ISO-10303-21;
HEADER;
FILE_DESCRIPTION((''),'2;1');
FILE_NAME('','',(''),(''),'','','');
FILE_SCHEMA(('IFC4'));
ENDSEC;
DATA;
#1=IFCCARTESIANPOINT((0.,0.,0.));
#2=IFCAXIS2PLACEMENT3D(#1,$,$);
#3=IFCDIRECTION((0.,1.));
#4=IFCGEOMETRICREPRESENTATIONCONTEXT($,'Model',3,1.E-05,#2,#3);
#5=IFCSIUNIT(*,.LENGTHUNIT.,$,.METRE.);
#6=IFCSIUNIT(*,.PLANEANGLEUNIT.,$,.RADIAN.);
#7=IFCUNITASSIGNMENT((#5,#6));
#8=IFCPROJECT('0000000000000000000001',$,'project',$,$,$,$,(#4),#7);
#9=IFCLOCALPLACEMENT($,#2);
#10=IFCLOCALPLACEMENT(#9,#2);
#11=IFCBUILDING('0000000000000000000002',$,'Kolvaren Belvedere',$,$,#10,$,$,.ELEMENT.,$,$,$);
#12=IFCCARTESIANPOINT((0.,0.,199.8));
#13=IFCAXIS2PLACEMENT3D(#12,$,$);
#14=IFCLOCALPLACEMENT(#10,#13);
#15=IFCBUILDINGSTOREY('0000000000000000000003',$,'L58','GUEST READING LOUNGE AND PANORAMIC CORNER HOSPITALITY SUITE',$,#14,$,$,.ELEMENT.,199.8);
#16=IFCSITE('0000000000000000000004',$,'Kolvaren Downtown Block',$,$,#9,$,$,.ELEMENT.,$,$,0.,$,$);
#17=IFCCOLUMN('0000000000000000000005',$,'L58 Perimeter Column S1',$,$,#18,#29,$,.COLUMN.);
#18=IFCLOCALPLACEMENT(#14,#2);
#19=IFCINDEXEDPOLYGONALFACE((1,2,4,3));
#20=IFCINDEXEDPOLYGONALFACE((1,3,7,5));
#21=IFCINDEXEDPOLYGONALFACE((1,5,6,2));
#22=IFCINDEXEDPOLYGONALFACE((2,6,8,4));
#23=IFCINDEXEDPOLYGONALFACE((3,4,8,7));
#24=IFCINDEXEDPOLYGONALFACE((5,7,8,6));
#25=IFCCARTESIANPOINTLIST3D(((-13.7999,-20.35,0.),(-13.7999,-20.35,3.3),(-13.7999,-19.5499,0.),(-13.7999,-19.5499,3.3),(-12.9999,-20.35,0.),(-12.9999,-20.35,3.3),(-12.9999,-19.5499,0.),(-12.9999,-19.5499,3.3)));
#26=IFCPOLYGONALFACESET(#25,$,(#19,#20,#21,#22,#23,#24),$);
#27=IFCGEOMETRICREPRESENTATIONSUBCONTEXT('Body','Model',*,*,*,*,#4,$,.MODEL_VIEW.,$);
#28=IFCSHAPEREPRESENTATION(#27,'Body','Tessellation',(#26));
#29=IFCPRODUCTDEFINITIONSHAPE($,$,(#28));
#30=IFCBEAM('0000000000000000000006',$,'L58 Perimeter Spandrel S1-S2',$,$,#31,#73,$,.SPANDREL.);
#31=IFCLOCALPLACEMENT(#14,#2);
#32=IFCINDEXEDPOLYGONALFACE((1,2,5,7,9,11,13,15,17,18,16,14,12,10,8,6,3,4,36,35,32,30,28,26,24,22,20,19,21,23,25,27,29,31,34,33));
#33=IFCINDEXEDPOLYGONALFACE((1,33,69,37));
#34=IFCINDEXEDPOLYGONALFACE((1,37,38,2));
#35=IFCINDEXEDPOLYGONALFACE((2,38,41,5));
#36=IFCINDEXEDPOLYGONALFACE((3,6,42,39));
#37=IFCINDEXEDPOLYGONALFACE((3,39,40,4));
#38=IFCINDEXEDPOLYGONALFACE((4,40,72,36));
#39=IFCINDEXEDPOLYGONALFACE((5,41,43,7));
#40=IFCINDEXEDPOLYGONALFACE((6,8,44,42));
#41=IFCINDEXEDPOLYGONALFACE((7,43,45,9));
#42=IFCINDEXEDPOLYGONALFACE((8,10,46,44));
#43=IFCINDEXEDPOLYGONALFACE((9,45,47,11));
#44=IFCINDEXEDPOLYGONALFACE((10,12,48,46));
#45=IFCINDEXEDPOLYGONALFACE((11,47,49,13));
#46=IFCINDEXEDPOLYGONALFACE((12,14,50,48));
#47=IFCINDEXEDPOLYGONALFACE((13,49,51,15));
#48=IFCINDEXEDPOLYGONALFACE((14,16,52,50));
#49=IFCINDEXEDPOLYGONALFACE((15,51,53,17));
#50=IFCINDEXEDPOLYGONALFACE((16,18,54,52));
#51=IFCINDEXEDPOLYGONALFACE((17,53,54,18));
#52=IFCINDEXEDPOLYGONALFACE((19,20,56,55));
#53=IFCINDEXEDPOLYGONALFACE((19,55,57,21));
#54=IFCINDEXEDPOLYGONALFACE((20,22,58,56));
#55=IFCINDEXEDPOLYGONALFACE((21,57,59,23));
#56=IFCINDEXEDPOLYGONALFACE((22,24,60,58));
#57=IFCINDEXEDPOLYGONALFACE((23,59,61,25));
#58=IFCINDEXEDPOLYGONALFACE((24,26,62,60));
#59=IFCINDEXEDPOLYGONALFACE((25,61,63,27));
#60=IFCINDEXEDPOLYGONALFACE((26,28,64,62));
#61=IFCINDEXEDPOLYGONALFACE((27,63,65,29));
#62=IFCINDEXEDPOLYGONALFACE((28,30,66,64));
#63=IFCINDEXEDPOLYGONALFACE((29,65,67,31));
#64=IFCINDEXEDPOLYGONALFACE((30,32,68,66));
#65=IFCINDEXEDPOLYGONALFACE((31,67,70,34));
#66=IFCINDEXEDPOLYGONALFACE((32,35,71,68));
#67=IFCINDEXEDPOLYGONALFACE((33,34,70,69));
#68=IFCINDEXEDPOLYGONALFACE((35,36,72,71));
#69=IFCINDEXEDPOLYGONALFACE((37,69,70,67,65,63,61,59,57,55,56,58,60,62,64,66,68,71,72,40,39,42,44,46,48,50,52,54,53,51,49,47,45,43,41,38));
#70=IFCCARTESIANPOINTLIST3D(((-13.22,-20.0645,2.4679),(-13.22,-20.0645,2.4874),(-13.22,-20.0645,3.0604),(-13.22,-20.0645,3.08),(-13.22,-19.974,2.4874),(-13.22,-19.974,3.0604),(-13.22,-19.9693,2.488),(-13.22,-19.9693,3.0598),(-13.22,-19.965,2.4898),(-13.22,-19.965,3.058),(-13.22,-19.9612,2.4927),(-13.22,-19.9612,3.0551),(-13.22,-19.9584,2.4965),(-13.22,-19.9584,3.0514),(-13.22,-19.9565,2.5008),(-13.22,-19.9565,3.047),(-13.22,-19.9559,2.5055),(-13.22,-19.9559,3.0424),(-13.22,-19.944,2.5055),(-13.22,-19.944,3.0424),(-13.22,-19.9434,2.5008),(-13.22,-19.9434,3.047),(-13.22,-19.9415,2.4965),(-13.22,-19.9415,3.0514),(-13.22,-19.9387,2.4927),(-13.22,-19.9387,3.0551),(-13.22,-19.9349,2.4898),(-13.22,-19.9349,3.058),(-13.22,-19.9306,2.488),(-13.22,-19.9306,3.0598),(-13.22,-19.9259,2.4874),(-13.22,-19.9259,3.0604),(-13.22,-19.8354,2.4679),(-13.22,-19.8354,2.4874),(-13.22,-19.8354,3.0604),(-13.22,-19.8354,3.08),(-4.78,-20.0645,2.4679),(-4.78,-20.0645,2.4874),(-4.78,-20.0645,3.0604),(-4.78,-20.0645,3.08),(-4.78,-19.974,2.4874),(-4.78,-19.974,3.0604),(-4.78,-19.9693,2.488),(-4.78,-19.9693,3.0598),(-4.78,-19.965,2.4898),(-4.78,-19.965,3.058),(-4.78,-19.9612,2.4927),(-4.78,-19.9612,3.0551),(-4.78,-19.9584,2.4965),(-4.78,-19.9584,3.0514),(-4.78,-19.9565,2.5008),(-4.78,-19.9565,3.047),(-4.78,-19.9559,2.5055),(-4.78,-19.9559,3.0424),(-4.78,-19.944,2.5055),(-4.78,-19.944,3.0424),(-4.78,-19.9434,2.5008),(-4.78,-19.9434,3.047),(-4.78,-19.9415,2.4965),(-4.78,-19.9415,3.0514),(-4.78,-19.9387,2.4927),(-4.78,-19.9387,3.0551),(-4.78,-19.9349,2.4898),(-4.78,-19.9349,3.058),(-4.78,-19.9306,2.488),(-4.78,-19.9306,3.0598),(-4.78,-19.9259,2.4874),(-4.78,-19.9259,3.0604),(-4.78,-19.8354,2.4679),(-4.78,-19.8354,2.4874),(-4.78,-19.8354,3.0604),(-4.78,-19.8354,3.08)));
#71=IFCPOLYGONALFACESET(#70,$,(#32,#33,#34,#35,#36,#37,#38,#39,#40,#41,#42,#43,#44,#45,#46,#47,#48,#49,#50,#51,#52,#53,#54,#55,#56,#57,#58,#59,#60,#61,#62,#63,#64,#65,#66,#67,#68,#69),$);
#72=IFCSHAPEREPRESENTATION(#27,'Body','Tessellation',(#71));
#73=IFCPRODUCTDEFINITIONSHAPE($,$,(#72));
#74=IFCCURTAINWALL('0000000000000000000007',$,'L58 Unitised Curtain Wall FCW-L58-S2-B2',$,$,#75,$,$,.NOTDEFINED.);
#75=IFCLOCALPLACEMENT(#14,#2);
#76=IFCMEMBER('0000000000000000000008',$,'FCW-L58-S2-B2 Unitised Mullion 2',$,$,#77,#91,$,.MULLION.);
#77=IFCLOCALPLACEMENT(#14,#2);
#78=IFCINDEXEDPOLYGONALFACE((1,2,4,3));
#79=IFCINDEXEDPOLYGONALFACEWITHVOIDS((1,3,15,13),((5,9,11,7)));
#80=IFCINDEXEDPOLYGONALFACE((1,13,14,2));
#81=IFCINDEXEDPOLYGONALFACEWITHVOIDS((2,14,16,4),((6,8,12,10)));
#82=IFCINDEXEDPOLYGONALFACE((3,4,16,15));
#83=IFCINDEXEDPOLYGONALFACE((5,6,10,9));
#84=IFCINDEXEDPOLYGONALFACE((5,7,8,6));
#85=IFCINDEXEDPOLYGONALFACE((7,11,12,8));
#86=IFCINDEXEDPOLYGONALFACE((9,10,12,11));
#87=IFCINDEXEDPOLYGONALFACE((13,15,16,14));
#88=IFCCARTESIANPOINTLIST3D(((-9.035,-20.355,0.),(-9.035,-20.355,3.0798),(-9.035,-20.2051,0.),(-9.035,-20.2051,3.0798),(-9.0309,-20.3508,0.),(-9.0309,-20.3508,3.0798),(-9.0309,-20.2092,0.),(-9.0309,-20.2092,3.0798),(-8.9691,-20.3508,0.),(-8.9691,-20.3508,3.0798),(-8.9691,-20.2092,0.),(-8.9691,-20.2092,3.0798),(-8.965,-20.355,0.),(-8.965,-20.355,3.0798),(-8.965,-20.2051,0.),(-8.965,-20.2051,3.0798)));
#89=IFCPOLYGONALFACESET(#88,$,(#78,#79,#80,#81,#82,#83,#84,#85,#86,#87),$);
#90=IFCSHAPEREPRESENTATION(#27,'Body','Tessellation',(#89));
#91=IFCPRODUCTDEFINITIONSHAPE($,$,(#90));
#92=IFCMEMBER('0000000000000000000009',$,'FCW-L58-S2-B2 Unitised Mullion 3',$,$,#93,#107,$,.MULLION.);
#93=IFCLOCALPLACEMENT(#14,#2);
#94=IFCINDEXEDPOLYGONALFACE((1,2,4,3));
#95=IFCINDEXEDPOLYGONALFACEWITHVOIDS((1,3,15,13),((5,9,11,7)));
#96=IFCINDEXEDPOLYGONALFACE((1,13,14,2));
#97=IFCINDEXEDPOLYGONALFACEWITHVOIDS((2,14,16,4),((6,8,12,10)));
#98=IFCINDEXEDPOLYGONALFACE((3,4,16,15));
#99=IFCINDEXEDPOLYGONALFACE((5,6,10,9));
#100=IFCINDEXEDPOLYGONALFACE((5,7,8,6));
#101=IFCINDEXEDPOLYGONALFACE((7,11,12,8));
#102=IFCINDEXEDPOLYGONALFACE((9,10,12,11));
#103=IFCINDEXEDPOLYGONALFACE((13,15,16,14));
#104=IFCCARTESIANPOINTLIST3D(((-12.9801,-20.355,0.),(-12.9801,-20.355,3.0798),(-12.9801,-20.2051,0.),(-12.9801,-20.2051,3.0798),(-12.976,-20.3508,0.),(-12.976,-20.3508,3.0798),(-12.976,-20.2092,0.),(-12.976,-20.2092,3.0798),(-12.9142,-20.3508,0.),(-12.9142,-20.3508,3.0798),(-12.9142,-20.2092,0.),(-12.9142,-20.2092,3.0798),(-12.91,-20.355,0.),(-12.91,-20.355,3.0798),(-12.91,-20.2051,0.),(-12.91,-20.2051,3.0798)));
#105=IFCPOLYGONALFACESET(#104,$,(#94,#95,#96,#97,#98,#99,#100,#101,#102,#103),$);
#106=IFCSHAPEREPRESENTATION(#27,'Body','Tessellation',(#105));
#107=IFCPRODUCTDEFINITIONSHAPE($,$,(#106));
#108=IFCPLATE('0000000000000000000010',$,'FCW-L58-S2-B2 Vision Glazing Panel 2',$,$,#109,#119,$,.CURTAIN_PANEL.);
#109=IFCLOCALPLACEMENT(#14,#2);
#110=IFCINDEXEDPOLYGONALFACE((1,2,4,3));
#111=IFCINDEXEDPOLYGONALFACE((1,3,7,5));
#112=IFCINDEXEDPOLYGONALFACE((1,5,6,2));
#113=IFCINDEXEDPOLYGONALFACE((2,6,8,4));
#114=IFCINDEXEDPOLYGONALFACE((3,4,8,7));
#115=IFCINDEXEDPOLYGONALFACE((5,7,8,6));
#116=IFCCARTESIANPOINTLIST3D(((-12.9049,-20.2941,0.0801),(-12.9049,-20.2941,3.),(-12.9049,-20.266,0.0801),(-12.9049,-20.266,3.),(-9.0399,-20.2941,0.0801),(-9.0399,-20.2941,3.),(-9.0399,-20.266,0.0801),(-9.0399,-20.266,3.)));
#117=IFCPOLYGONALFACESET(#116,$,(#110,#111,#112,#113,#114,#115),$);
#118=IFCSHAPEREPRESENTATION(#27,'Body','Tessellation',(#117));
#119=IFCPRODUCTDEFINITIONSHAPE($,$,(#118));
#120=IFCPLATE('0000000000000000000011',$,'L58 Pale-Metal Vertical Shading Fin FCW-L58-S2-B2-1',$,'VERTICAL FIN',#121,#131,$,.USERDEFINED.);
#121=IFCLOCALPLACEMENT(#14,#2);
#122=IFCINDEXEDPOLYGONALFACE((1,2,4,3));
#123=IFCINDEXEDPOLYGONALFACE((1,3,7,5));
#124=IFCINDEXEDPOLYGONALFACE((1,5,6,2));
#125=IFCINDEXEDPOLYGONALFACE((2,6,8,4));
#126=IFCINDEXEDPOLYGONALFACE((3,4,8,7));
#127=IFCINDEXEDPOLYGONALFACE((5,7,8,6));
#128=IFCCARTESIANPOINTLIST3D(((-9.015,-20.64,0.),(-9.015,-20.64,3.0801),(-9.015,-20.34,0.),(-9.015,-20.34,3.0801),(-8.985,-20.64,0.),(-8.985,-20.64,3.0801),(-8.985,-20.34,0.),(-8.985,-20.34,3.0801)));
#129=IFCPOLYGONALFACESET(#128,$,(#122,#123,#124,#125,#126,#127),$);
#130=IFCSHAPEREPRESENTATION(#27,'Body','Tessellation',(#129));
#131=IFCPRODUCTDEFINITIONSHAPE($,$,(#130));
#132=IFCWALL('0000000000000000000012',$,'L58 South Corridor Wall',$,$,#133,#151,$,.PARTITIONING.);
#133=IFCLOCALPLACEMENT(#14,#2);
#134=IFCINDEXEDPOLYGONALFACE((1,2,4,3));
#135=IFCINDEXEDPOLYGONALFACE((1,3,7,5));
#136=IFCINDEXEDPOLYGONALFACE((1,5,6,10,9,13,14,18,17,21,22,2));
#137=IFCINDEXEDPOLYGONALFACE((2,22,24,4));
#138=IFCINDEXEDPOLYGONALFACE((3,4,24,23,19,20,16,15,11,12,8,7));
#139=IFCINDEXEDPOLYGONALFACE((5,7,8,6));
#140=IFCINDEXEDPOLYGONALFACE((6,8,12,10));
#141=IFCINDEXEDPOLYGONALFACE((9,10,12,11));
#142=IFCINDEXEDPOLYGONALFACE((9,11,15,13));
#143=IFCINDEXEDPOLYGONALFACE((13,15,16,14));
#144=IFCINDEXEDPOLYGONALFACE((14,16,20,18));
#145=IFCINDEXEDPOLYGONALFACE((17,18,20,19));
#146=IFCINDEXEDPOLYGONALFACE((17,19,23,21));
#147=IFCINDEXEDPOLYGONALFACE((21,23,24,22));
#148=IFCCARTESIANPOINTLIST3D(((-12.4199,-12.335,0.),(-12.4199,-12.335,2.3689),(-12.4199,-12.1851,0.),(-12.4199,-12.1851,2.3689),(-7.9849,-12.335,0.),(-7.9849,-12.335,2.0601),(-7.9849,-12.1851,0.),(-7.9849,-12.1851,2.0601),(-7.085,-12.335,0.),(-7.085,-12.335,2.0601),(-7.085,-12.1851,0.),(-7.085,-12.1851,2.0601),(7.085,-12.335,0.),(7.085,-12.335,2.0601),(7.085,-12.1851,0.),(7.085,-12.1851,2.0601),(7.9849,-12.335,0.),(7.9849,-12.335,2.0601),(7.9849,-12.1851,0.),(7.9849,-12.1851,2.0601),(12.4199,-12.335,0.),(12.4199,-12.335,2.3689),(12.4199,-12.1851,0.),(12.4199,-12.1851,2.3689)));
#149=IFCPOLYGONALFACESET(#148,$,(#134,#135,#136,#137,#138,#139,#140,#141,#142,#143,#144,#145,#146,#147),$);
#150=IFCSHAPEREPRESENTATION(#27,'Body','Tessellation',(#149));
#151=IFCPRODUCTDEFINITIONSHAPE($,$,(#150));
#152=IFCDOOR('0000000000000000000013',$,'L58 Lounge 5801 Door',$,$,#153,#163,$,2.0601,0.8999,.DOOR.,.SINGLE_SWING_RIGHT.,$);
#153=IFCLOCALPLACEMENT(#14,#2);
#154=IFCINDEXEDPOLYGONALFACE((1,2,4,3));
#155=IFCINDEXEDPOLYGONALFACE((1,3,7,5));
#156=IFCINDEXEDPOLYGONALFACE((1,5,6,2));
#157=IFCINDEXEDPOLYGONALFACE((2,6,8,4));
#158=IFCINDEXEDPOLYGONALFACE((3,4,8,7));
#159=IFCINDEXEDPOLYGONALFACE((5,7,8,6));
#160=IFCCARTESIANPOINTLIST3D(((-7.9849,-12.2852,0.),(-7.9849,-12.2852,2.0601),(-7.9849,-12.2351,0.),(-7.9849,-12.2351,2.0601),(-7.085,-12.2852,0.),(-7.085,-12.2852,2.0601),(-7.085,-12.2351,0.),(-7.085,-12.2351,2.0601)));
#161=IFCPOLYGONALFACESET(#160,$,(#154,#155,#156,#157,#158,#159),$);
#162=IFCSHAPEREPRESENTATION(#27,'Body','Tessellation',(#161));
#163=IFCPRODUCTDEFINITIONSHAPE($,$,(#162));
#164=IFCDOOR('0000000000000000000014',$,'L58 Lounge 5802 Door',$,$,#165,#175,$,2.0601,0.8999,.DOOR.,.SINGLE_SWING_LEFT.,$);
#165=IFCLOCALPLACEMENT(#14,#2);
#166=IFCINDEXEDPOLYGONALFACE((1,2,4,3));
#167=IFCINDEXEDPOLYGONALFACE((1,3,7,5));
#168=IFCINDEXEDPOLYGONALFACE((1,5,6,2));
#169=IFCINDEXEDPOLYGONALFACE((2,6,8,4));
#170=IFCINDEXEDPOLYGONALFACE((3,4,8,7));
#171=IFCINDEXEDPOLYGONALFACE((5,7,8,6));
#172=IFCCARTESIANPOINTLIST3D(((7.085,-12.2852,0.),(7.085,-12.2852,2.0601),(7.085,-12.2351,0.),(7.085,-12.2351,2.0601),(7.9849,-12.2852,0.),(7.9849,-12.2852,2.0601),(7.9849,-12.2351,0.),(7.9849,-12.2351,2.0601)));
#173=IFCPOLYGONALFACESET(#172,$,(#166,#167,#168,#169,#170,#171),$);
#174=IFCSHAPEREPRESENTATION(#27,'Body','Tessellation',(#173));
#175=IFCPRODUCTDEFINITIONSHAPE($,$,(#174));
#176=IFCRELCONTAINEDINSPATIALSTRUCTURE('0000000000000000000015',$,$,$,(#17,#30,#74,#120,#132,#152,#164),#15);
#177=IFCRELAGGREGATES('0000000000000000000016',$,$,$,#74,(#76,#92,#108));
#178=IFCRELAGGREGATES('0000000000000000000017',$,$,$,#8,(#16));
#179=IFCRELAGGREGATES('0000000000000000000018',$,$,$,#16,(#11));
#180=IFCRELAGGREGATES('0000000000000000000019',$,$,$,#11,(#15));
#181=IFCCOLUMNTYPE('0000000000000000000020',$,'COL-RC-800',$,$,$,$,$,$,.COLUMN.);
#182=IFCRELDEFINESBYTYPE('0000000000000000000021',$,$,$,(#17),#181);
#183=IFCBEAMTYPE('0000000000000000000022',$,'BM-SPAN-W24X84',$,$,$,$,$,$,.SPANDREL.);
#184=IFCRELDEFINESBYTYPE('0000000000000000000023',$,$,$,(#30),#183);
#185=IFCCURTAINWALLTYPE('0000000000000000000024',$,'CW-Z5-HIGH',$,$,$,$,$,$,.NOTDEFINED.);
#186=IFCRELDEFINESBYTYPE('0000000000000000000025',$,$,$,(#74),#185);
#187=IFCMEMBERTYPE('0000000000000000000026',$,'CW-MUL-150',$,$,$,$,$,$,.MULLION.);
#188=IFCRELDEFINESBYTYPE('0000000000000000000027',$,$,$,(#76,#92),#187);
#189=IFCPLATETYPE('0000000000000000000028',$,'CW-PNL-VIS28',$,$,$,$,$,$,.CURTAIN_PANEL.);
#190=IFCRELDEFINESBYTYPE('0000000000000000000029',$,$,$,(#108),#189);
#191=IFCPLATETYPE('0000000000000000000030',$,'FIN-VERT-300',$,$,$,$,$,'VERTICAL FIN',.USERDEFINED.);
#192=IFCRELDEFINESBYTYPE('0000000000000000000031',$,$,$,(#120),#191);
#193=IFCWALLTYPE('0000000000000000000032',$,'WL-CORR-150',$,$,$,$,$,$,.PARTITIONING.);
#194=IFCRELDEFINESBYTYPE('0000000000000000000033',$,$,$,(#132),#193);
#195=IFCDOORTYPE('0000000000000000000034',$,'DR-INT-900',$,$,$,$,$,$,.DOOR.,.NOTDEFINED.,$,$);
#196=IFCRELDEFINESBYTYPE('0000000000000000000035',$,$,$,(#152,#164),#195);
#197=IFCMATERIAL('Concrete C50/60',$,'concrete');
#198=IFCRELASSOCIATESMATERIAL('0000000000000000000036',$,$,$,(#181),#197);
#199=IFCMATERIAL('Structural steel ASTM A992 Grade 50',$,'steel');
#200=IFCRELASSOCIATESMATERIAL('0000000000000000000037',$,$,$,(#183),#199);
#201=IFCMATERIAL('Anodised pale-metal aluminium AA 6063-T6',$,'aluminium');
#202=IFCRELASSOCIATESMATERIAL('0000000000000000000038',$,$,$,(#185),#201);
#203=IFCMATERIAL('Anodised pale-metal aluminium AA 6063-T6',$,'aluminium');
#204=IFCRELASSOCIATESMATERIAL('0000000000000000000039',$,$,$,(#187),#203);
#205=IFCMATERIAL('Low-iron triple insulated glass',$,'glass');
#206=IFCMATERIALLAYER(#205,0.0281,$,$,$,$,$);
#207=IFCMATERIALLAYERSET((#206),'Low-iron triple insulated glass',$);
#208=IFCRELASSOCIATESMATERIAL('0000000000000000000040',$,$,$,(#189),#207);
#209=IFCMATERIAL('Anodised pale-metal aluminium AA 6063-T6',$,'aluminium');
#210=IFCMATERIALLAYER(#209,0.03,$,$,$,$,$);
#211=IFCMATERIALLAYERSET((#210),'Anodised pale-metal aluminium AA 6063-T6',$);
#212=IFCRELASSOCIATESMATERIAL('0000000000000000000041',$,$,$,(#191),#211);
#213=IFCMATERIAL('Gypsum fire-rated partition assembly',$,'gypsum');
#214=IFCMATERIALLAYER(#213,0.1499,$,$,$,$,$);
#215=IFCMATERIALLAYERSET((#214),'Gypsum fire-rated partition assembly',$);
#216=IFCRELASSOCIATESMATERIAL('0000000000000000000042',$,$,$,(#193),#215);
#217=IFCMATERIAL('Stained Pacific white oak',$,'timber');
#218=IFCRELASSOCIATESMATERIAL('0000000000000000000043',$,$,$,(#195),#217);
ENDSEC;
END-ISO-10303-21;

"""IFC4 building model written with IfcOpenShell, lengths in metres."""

from ifc_helpers import new_model, si_unit, direction, frame, frame_2d, origin, origin_2d, place, context, subcontext, project, spatial, rectangle, hollow_rectangle, i_section, extrude, material, layer, layer_set, material_profile, profile_set, type_object, element, fill, aggregate, save


model = new_model("IFC4")

# Units and contexts
model_context = context("Model", 3, precision=1e-05, world=origin(), true_north=direction((0.0, 1.0)))
body_context = subcontext(model_context, "Body", "Model", "MODEL_VIEW")
ifc_project = project(units=[si_unit("LENGTHUNIT", "METRE"), si_unit("PLANEANGLEUNIT", "RADIAN")], contexts=[model_context])

# Site, building, storey
site_placement = place(None, origin())
site = spatial("IfcSite", under=ifc_project, at=site_placement, Name="Kolvaren Downtown Block", CompositionType="ELEMENT", RefElevation=0.0)
building_placement = place(site_placement, origin())
building = spatial("IfcBuilding", under=site, at=building_placement, Name="Kolvaren Belvedere", CompositionType="ELEMENT")
storey_placement = place(building_placement, frame((0.0, 0.0, 199.8)))
storey = spatial("IfcBuildingStorey", under=building, at=storey_placement, Name="L58", Description="GUEST READING LOUNGE AND PANORAMIC CORNER HOSPITALITY SUITE", CompositionType="ELEMENT", Elevation=199.8)

# Column
ifc_material_1 = material(Name="Concrete C50/60", Category="concrete")
ifc_material_profile_1 = material_profile(ifc_material_1, rectangle(XDim=0.8, YDim=0.8, at=origin_2d()), Name="RC 800X800")
ifc_profile_set_1 = profile_set([ifc_material_profile_1], Name="Concrete C50/60")
column_type = type_object("IfcColumnType", Name="COL-RC-800", PredefinedType="COLUMN", material=ifc_profile_set_1)
column_placement = place(storey_placement, frame((-13.3999, -19.95, 0.0), z_axis=(0.0, 0.0, 1.0), x_axis=(1.0, 0.0, 0.0)))
element("IfcColumn", 1, at=column_placement, inside=storey, type_object=column_type, Name="L58 Perimeter Column S1", PredefinedType="COLUMN", context=body_context, shape_type="SweptSolid", body=[
    extrude(rectangle(XDim=0.8, YDim=0.8, at=origin_2d()), origin(), (0.0, 0.0, 1.0), 3.3),
])

# Beam
ifc_material_2 = material(Name="Structural steel ASTM A992 Grade 50", Category="steel")
ifc_material_profile_2 = material_profile(ifc_material_2, i_section(OverallWidth=0.229, OverallDepth=0.6121, WebThickness=0.012, FlangeThickness=0.0195, FilletRadius=0.0181, at=origin_2d()), Name="W24X84")
ifc_profile_set_2 = profile_set([ifc_material_profile_2], Name="Structural steel ASTM A992 Grade 50")
beam_type = type_object("IfcBeamType", Name="BM-SPAN-W24X84", PredefinedType="SPANDREL", material=ifc_profile_set_2)
beam_placement = place(storey_placement, frame((-13.22, -19.95, 2.7739), z_axis=(1.0, 0.0, 0.0), x_axis=(0.0, 1.0, 0.0)))
element("IfcBeam", 2, at=beam_placement, inside=storey, type_object=beam_type, Name="L58 Perimeter Spandrel S1-S2", PredefinedType="SPANDREL", context=body_context, shape_type="SweptSolid", body=[
    extrude(i_section(OverallWidth=0.229, OverallDepth=0.6121, WebThickness=0.012, FlangeThickness=0.0195, FilletRadius=0.0181, at=origin_2d()), origin(), (0.0, 0.0, 1.0), 8.4399),
])

# Curtain wall, members, plate
ifc_material_3 = material(Name="Anodised pale-metal aluminium AA 6063-T6", Category="aluminium")
curtain_wall_type = type_object("IfcCurtainWallType", Name="CW-Z5-HIGH", PredefinedType="NOTDEFINED", material=ifc_material_3)
curtain_wall_placement = place(storey_placement, origin())
curtain_wall = element("IfcCurtainWall", 3, at=curtain_wall_placement, inside=storey, type_object=curtain_wall_type, Name="L58 Unitised Curtain Wall FCW-L58-S2-B2", PredefinedType="NOTDEFINED")
ifc_material_4 = material(Name="Anodised pale-metal aluminium AA 6063-T6", Category="aluminium")
ifc_material_profile_3 = material_profile(ifc_material_4, hollow_rectangle(XDim=0.0701, YDim=0.1499, WallThickness=0.0042, at=origin_2d()), Name="ALU-MUL-150X70")
ifc_profile_set_3 = profile_set([ifc_material_profile_3], Name="Anodised pale-metal aluminium AA 6063-T6")
member_type = type_object("IfcMemberType", Name="CW-MUL-150", PredefinedType="MULLION", material=ifc_profile_set_3)
member_1_placement = place(storey_placement, frame((-9.0, -20.28, 0.0), z_axis=(0.0, 0.0, 1.0), x_axis=(1.0, 0.0, 0.0)))
member_1 = element("IfcMember", 4, at=member_1_placement, type_object=member_type, Name="FCW-L58-S2-B2 Unitised Mullion 2", PredefinedType="MULLION", context=body_context, shape_type="SweptSolid", body=[
    extrude(hollow_rectangle(XDim=0.0701, YDim=0.1499, WallThickness=0.0042, at=origin_2d()), origin(), (0.0, 0.0, 1.0), 3.0798),
])
member_2_placement = place(storey_placement, frame((-12.9451, -20.28, 0.0), z_axis=(0.0, 0.0, 1.0), x_axis=(1.0, 0.0, 0.0)))
member_2 = element("IfcMember", 5, at=member_2_placement, type_object=member_type, Name="FCW-L58-S2-B2 Unitised Mullion 3", PredefinedType="MULLION", context=body_context, shape_type="SweptSolid", body=[
    extrude(hollow_rectangle(XDim=0.0701, YDim=0.1499, WallThickness=0.0042, at=origin_2d()), origin(), (0.0, 0.0, 1.0), 3.0798),
])
ifc_material_5 = material(Name="Low-iron triple insulated glass", Category="glass")
ifc_layer_1 = layer(ifc_material_5, 0.0281)
ifc_layer_set_1 = layer_set([ifc_layer_1], Name="Low-iron triple insulated glass")
plate_type_1 = type_object("IfcPlateType", Name="CW-PNL-VIS28", PredefinedType="CURTAIN_PANEL", material=ifc_layer_set_1)
plate_1_placement = place(storey_placement, frame((-10.9724, -20.28, 0.0801), z_axis=(0.0, 0.0, 1.0), x_axis=(-1.0, 0.0, 0.0)))
plate_1 = element("IfcPlate", 6, at=plate_1_placement, type_object=plate_type_1, Name="FCW-L58-S2-B2 Vision Glazing Panel 2", PredefinedType="CURTAIN_PANEL", context=body_context, shape_type="SweptSolid", body=[
    extrude(rectangle(XDim=3.865, YDim=0.0281, at=origin_2d()), origin(), (0.0, 0.0, 1.0), 2.9199),
])
aggregate(curtain_wall, [member_1, member_2, plate_1])

# Plate
ifc_material_6 = material(Name="Anodised pale-metal aluminium AA 6063-T6", Category="aluminium")
ifc_layer_2 = layer(ifc_material_6, 0.03)
ifc_layer_set_2 = layer_set([ifc_layer_2], Name="Anodised pale-metal aluminium AA 6063-T6")
plate_type_2 = type_object("IfcPlateType", Name="FIN-VERT-300", ElementType="VERTICAL FIN", PredefinedType="USERDEFINED", material=ifc_layer_set_2)
plate_2_placement = place(storey_placement, frame((-9.0, -20.49, 0.0), z_axis=(0.0, 0.0, 1.0), x_axis=(0.0, 1.0, 0.0)))
element("IfcPlate", 7, at=plate_2_placement, inside=storey, type_object=plate_type_2, Name="L58 Pale-Metal Vertical Shading Fin FCW-L58-S2-B2-1", ObjectType="VERTICAL FIN", PredefinedType="USERDEFINED", context=body_context, shape_type="SweptSolid", body=[
    extrude(rectangle(XDim=0.3, YDim=0.03, at=origin_2d()), origin(), (0.0, 0.0, 1.0), 3.0801),
])

# Wall, openings, doors
ifc_material_7 = material(Name="Gypsum fire-rated partition assembly", Category="gypsum")
ifc_layer_3 = layer(ifc_material_7, 0.1499)
ifc_layer_set_3 = layer_set([ifc_layer_3], Name="Gypsum fire-rated partition assembly")
wall_type_1 = type_object("IfcWallType", Name="WL-CORR-150", PredefinedType="PARTITIONING", material=ifc_layer_set_3)
wall_1_placement = place(storey_placement, frame((-12.4199, -12.26, 0.0), z_axis=(0.0, 0.0, 1.0), x_axis=(1.0, 0.0, 0.0)))
wall_1 = element("IfcWall", 8, at=wall_1_placement, inside=storey, type_object=wall_type_1, Name="L58 South Corridor Wall", PredefinedType="PARTITIONING", context=body_context, shape_type="SweptSolid", body=[
    extrude(rectangle(XDim=24.8398, YDim=0.1499, at=frame_2d((12.4199, 0.0))), origin(), (0.0, 0.0, 1.0), 2.3689),
])
opening_1_placement = place(wall_1_placement, frame((4.4351, 0.0, 0.0)))
opening_1 = element("IfcOpeningElement", 9, at=opening_1_placement, cuts=wall_1, PredefinedType="OPENING", context=body_context, shape_type="SweptSolid", body=[
    extrude(rectangle(XDim=0.8999, YDim=2.0601, at=frame_2d((0.45, 1.03))), frame((0.0, 0.085, 0.0), z_axis=(0.0, -1.0, 0.0), x_axis=(1.0, 0.0, 0.0)), (0.0, 0.0, 1.0), 0.1699),
])
opening_2_placement = place(wall_1_placement, frame((19.5049, 0.0, 0.0)))
opening_2 = element("IfcOpeningElement", 10, at=opening_2_placement, cuts=wall_1, PredefinedType="OPENING", context=body_context, shape_type="SweptSolid", body=[
    extrude(rectangle(XDim=0.8999, YDim=2.0601, at=frame_2d((0.45, 1.03))), frame((0.0, 0.085, 0.0), z_axis=(0.0, -1.0, 0.0), x_axis=(1.0, 0.0, 0.0)), (0.0, 0.0, 1.0), 0.1699),
])
ifc_material_8 = material(Name="Stained Pacific white oak", Category="timber")
door_type_1 = type_object("IfcDoorType", Name="DR-INT-900", OperationType="NOTDEFINED", PredefinedType="DOOR", material=ifc_material_8)
door_1_placement = place(opening_1_placement, origin())
door_1 = element("IfcDoor", 11, at=door_1_placement, inside=storey, type_object=door_type_1, Name="L58 Lounge 5801 Door", OperationType="SINGLE_SWING_RIGHT", OverallHeight=2.0601, OverallWidth=0.8999, PredefinedType="DOOR", context=body_context, shape_type="SweptSolid", body=[
    extrude(rectangle(XDim=0.8999, YDim=2.0601, at=frame_2d((0.45, 1.03))), frame((0.0, 0.0249, 0.0), z_axis=(0.0, -1.0, 0.0), x_axis=(1.0, 0.0, 0.0)), (0.0, 0.0, 1.0), 0.05),
])
fill(opening_1, door_1)
door_2_placement = place(opening_2_placement, origin())
door_2 = element("IfcDoor", 12, at=door_2_placement, inside=storey, type_object=door_type_1, Name="L58 Lounge 5802 Door", OperationType="SINGLE_SWING_LEFT", OverallHeight=2.0601, OverallWidth=0.8999, PredefinedType="DOOR", context=body_context, shape_type="SweptSolid", body=[
    extrude(rectangle(XDim=0.8999, YDim=2.0601, at=frame_2d((0.45, 1.03))), frame((0.0, 0.0249, 0.0), z_axis=(0.0, -1.0, 0.0), x_axis=(1.0, 0.0, 0.0)), (0.0, 0.0, 1.0), 0.05),
])
fill(opening_2, door_2)

save(model, "model.ifc")
